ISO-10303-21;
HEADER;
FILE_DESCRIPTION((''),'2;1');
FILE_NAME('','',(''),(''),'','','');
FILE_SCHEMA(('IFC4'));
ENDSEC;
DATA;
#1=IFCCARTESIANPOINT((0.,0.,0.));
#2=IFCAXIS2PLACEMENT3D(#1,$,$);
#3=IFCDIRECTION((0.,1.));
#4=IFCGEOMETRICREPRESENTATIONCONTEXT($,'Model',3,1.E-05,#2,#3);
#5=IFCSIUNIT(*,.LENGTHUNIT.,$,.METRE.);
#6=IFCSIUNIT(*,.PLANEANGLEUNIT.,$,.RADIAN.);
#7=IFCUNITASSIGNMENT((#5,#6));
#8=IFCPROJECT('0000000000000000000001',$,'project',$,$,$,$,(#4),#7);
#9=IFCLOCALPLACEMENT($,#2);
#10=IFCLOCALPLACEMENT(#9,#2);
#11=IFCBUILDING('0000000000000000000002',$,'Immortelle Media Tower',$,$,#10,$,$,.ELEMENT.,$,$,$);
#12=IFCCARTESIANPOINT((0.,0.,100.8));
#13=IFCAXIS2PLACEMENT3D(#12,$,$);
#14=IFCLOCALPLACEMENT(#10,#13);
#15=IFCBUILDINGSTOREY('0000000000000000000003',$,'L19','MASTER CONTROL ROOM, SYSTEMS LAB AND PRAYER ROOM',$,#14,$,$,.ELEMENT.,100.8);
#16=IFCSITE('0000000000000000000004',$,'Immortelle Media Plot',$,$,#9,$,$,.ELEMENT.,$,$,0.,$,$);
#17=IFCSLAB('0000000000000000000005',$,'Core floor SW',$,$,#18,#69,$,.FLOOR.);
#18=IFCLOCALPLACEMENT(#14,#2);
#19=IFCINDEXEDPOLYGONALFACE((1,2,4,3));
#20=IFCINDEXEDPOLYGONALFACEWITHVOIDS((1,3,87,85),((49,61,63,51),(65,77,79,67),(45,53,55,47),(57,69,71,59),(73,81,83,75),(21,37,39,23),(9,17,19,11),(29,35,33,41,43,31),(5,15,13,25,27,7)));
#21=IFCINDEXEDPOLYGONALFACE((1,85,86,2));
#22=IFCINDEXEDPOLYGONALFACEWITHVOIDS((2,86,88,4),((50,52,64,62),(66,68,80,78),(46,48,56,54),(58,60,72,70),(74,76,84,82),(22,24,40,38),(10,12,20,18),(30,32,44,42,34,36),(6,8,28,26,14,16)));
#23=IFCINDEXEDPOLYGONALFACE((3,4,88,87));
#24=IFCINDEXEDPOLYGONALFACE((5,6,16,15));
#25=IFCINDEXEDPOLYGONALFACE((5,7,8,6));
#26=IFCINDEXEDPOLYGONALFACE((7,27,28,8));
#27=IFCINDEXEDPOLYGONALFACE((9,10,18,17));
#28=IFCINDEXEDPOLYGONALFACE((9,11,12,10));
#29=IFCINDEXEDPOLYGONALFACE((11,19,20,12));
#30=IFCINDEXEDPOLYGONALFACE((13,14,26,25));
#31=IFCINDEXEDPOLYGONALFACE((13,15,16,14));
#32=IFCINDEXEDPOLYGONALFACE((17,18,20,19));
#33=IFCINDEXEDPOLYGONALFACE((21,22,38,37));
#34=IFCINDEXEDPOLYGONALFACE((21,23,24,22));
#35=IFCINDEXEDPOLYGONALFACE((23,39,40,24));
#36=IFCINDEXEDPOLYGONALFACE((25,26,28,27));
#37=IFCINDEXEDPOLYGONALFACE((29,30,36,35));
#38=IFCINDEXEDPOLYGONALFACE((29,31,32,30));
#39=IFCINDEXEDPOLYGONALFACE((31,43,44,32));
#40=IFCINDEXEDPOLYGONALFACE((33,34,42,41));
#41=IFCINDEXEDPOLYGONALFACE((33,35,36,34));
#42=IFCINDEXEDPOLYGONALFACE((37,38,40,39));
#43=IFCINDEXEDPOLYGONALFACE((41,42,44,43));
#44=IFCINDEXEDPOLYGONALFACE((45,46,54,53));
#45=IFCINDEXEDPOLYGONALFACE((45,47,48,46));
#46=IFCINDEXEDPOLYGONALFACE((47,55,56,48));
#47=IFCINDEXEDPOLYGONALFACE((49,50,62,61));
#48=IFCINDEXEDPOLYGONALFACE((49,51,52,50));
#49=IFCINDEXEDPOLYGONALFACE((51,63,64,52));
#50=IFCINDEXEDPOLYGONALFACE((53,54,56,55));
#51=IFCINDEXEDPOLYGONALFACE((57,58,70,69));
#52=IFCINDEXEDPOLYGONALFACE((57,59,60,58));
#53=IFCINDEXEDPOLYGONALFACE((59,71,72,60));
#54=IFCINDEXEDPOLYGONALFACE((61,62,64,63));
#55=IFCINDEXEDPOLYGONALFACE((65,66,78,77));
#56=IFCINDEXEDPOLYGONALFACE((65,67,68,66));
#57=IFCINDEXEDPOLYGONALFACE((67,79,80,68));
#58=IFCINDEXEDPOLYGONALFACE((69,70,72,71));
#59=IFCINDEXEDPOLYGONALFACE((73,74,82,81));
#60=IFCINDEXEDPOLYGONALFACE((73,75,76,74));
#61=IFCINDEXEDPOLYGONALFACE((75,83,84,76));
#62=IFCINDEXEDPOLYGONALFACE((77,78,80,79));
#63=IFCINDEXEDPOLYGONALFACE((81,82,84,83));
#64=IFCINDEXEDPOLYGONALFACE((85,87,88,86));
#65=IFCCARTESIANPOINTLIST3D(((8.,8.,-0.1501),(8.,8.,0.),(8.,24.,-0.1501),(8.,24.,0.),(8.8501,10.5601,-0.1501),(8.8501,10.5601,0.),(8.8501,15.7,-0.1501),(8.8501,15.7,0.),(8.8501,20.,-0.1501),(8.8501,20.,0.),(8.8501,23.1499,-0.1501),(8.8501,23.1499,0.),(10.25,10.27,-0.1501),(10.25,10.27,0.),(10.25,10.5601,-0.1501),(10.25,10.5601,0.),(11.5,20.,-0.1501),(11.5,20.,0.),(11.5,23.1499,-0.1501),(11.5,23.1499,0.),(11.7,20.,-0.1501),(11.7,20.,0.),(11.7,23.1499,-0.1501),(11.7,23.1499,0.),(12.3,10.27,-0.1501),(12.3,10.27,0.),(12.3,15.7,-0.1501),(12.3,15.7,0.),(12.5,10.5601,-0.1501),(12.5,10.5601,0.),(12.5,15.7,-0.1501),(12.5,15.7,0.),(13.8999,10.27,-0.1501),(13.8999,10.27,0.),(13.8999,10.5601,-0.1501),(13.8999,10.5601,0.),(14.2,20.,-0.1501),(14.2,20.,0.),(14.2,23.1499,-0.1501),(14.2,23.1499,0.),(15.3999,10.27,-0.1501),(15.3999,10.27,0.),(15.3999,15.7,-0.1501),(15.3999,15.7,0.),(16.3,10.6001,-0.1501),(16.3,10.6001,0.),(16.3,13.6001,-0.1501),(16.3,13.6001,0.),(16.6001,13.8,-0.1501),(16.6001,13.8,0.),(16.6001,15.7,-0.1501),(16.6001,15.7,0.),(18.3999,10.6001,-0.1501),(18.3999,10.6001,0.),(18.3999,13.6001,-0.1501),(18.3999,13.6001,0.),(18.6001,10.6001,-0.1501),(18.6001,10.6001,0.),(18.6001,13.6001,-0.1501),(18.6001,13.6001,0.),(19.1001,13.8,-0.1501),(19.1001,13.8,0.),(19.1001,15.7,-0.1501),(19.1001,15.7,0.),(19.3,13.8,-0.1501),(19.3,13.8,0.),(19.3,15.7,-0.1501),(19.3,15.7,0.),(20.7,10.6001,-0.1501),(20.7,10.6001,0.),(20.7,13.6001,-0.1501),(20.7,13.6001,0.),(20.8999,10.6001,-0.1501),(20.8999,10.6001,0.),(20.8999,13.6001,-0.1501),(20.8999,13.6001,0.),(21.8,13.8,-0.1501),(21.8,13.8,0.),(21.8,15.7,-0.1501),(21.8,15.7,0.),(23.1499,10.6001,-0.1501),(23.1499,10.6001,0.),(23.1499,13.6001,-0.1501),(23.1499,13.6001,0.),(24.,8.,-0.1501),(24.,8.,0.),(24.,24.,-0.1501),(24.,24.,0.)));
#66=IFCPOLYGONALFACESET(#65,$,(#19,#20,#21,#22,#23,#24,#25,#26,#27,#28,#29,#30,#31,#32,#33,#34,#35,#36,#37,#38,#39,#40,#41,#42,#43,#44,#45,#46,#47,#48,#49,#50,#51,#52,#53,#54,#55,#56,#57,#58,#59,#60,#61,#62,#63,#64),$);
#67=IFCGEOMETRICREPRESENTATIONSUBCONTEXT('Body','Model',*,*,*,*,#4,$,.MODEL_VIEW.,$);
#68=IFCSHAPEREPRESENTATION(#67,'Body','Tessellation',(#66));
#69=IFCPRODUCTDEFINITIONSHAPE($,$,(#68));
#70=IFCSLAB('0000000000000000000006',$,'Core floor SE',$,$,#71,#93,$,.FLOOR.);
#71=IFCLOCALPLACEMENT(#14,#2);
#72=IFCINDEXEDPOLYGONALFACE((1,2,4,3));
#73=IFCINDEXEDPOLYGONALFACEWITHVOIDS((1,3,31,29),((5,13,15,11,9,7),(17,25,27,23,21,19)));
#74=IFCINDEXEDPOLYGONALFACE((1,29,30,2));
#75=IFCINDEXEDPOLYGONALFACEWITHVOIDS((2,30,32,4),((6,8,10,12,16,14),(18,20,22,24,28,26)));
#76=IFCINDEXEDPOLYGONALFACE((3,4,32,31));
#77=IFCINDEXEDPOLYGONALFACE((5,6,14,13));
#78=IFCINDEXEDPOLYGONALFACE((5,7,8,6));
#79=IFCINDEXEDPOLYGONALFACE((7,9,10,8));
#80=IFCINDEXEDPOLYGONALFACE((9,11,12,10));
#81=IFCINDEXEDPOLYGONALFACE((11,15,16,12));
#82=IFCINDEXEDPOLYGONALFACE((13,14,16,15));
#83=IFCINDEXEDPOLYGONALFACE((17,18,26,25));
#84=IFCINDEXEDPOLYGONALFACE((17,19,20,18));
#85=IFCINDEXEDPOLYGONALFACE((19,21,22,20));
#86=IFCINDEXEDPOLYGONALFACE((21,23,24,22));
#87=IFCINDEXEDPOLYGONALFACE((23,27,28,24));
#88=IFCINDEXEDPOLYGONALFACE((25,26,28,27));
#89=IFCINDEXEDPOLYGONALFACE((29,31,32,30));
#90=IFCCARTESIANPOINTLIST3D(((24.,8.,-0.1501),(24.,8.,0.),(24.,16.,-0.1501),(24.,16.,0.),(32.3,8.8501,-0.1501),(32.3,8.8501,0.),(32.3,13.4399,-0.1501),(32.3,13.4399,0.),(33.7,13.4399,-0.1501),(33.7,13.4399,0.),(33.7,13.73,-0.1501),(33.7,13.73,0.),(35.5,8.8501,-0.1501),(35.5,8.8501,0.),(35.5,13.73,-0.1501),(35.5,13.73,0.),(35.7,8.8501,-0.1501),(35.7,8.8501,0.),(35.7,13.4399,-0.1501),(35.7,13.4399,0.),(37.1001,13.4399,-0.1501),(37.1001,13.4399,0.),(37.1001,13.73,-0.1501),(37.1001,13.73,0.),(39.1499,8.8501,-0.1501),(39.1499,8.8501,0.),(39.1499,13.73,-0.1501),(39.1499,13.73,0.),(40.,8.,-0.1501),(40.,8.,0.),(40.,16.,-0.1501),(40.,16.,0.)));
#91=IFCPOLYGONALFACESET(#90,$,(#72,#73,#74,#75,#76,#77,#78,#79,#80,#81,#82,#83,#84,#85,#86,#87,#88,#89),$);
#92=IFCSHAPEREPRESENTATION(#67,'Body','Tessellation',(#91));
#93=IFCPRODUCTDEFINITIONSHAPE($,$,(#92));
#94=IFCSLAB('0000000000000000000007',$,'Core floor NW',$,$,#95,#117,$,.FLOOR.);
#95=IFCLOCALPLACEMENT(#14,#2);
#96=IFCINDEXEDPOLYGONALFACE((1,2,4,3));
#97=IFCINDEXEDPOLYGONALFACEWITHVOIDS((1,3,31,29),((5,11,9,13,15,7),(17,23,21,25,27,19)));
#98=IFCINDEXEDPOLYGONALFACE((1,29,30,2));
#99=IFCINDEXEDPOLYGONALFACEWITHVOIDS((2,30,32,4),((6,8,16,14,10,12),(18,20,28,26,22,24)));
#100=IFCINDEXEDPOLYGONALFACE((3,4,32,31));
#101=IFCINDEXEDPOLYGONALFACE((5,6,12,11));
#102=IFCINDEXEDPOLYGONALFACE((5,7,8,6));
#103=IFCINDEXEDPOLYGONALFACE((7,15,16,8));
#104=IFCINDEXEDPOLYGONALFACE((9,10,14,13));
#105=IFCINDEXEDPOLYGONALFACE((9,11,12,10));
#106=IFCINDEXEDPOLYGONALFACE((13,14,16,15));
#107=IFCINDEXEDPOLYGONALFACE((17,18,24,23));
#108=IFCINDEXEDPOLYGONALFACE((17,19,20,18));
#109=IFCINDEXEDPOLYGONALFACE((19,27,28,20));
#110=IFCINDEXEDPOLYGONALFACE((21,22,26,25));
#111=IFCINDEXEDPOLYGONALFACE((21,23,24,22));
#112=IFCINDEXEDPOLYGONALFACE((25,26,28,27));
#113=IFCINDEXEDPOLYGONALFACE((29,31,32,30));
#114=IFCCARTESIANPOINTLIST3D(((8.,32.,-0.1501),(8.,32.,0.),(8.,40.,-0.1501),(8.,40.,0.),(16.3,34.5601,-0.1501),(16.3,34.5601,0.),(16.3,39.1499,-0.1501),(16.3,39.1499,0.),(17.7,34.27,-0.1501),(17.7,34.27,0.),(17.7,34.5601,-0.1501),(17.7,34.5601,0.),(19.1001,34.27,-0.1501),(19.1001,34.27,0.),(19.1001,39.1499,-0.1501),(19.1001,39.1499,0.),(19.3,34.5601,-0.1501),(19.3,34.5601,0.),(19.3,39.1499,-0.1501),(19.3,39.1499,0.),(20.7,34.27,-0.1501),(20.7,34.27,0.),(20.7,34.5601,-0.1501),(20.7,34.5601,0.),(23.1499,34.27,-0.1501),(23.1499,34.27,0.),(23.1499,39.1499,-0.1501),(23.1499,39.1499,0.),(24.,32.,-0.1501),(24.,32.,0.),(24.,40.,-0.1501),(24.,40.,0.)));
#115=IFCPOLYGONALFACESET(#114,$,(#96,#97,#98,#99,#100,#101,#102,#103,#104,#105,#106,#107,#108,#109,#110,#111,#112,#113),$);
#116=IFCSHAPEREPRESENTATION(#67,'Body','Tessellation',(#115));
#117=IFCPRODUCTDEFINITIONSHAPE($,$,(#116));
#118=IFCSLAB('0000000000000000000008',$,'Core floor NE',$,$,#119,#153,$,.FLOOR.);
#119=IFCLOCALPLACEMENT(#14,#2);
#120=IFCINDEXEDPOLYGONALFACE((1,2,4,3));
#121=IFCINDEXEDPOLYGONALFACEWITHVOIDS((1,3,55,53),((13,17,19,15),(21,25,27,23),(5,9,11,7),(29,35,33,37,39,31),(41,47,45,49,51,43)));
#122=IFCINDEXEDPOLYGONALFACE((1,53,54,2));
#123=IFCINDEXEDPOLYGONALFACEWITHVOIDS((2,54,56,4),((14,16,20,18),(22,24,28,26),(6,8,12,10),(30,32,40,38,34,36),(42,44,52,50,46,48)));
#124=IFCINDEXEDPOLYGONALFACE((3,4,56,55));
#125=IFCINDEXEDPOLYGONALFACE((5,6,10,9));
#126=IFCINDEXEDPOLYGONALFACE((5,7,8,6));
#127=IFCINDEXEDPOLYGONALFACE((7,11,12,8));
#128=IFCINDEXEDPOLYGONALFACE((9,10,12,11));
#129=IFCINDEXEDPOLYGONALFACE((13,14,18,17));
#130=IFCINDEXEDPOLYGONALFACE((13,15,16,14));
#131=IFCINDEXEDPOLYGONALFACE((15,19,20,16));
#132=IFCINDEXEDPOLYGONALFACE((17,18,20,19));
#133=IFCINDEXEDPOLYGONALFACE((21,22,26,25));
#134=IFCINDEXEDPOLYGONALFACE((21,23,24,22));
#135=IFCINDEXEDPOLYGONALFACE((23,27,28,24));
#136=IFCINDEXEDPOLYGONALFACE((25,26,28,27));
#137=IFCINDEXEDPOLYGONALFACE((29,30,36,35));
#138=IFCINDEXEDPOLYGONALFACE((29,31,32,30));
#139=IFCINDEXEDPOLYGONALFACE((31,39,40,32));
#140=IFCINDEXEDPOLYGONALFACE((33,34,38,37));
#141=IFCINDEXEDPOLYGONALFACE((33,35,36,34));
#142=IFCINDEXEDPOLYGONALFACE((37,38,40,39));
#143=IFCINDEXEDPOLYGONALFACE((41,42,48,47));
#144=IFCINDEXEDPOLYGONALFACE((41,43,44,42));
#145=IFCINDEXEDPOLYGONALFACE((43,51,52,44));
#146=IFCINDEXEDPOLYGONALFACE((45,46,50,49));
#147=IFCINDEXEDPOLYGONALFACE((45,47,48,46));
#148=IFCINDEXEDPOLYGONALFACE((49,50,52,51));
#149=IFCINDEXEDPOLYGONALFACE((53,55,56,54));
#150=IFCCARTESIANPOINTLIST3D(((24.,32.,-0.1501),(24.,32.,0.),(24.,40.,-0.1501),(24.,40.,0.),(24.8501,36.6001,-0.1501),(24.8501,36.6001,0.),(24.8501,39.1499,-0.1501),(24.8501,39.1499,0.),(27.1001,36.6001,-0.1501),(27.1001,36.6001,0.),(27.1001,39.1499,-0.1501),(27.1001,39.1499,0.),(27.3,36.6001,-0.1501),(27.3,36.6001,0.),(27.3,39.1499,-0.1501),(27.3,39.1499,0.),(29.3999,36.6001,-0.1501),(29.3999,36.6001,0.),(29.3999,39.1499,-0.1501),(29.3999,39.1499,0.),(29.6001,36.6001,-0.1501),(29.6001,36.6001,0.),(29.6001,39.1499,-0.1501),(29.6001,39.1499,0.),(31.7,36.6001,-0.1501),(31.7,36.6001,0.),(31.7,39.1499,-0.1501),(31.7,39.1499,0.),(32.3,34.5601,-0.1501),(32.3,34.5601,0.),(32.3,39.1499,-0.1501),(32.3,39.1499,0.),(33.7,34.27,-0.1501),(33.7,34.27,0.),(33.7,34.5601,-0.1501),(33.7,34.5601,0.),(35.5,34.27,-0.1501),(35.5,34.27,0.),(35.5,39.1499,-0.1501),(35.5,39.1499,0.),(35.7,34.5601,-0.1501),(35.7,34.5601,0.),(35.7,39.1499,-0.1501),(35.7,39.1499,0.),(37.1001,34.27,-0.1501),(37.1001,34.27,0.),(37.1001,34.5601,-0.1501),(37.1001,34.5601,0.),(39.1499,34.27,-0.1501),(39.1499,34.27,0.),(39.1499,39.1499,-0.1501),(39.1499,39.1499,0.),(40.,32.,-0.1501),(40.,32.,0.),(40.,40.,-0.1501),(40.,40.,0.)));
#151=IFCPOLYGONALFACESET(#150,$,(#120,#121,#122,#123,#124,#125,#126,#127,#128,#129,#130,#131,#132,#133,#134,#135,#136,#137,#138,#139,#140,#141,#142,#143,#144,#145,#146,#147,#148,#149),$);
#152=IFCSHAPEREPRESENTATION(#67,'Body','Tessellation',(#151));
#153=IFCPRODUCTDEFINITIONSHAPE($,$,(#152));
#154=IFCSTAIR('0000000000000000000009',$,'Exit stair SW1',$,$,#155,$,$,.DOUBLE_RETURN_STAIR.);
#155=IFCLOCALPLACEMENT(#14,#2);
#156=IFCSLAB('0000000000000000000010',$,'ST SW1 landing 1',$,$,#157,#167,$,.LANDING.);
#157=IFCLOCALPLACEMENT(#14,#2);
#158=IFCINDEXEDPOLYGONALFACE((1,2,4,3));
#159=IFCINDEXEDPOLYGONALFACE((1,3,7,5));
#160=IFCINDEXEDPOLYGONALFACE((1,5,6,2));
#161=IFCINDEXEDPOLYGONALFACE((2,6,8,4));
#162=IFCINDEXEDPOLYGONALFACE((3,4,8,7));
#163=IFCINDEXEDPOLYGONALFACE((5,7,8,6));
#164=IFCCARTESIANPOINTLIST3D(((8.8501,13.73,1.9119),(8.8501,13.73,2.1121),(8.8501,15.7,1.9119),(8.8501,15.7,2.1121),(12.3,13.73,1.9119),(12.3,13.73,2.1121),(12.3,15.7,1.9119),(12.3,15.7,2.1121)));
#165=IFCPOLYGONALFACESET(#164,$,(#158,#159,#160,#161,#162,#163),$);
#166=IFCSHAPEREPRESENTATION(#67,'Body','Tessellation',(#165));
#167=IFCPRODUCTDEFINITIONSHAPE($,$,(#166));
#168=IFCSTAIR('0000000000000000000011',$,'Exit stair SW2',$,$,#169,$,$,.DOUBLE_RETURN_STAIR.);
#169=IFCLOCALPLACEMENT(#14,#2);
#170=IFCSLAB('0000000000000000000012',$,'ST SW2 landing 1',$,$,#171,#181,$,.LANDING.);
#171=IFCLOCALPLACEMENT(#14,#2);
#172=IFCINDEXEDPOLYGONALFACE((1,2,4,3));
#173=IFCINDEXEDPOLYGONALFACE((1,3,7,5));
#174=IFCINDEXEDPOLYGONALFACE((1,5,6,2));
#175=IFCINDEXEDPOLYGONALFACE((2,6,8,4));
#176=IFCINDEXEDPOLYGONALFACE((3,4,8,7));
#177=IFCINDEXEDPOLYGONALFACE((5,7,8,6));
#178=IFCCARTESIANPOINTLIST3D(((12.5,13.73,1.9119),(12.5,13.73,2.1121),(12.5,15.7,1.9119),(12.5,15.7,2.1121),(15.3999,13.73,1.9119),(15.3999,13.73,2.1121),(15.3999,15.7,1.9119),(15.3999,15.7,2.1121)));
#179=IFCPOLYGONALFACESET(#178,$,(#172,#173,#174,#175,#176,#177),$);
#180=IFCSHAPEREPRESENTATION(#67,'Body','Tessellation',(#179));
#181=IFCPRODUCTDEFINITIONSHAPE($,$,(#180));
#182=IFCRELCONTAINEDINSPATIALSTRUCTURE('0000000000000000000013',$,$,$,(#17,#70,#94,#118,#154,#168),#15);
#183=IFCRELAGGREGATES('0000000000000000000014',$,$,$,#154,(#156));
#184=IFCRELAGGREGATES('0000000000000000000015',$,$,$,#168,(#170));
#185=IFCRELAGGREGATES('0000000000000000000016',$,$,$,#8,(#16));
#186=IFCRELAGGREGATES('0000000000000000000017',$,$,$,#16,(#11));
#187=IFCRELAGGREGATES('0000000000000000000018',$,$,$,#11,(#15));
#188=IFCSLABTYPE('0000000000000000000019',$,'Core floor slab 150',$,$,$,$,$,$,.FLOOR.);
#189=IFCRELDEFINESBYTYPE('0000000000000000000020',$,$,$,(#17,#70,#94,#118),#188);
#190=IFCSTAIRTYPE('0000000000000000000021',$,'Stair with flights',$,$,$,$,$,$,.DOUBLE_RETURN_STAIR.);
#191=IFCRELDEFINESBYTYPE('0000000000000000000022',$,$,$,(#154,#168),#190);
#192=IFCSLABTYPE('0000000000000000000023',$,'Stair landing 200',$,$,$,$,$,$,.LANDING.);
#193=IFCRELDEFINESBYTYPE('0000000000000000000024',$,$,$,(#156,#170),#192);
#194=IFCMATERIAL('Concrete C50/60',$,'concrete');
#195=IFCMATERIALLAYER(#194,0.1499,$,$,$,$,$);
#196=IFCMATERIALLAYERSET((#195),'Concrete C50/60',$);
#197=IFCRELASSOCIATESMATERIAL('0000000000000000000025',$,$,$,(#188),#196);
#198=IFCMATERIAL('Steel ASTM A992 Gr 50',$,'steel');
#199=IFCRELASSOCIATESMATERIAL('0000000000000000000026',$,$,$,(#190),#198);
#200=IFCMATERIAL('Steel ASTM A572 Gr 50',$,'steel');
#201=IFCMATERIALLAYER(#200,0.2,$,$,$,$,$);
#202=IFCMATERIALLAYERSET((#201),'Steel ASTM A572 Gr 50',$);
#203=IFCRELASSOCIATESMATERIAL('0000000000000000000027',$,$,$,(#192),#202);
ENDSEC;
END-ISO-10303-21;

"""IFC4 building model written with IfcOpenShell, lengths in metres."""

from ifc_helpers import new_model, si_unit, direction, frame, origin, place, context, subcontext, project, spatial, polyline, outline, extrude, material, layer, layer_set, type_object, element, aggregate, save


model = new_model("IFC4")

# Units and contexts
model_context = context("Model", 3, precision=1e-05, world=origin(), true_north=direction((0.0, 1.0)))
body_context = subcontext(model_context, "Body", "Model", "MODEL_VIEW")
ifc_project = project(units=[si_unit("LENGTHUNIT", "METRE"), si_unit("PLANEANGLEUNIT", "RADIAN")], contexts=[model_context])

# Site, building, storey
site_placement = place(None, origin())
site = spatial("IfcSite", under=ifc_project, at=site_placement, Name="Immortelle Media Plot", CompositionType="ELEMENT", RefElevation=0.0)
building_placement = place(site_placement, origin())
building = spatial("IfcBuilding", under=site, at=building_placement, Name="Immortelle Media Tower", CompositionType="ELEMENT")
storey_placement = place(building_placement, frame((0.0, 0.0, 100.8)))
storey = spatial("IfcBuildingStorey", under=building, at=storey_placement, Name="L19", Description="MASTER CONTROL ROOM, SYSTEMS LAB AND PRAYER ROOM", CompositionType="ELEMENT", Elevation=100.8)

# Slabs
ifc_material_1 = material(Name="Concrete C50/60", Category="concrete")
ifc_layer_1 = layer(ifc_material_1, 0.1499)
ifc_layer_set_1 = layer_set([ifc_layer_1], Name="Concrete C50/60")
slab_type_1 = type_object("IfcSlabType", Name="Core floor slab 150", PredefinedType="FLOOR", material=ifc_layer_set_1)
slab_1_placement = place(storey_placement, frame((0.0, 0.0, -0.1501)))
element("IfcSlab", 1, at=slab_1_placement, inside=storey, type_object=slab_type_1, Name="Core floor SW", PredefinedType="FLOOR", context=body_context, shape_type="SweptSolid", body=[
    extrude(outline(polyline([(8.0, 8.0), (24.0, 8.0), (24.0, 24.0), (8.0, 24.0), (8.0, 8.0)]), holes=[polyline([(8.8501, 20.0), (11.5, 20.0), (11.5, 23.1499), (8.8501, 23.1499), (8.8501, 20.0)]), polyline([(11.7, 20.0), (14.2, 20.0), (14.2, 23.1499), (11.7, 23.1499), (11.7, 20.0)]), polyline([(16.6001, 13.8), (19.1001, 13.8), (19.1001, 15.7), (16.6001, 15.7), (16.6001, 13.8)]), polyline([(19.3, 13.8), (21.8, 13.8), (21.8, 15.7), (19.3, 15.7), (19.3, 13.8)]), polyline([(16.3, 10.6001), (18.3999, 10.6001), (18.3999, 13.6001), (16.3, 13.6001), (16.3, 10.6001)]), polyline([(18.6001, 10.6001), (20.7, 10.6001), (20.7, 13.6001), (18.6001, 13.6001), (18.6001, 10.6001)]), polyline([(20.8999, 10.6001), (23.1499, 10.6001), (23.1499, 13.6001), (20.8999, 13.6001), (20.8999, 10.6001)]), polyline([(8.8501, 15.7), (12.3, 15.7), (12.3, 10.27), (10.25, 10.27), (10.25, 10.5601), (8.8501, 10.5601), (8.8501, 15.7)]), polyline([(12.5, 15.7), (15.3999, 15.7), (15.3999, 10.27), (13.8999, 10.27), (13.8999, 10.5601), (12.5, 10.5601), (12.5, 15.7)])]), origin(), (0.0, 0.0, 1.0), 0.1501),
])
slab_2_placement = place(storey_placement, frame((0.0, 0.0, -0.1501)))
element("IfcSlab", 2, at=slab_2_placement, inside=storey, type_object=slab_type_1, Name="Core floor SE", PredefinedType="FLOOR", context=body_context, shape_type="SweptSolid", body=[
    extrude(outline(polyline([(24.0, 8.0), (40.0, 8.0), (40.0, 16.0), (24.0, 16.0), (24.0, 8.0)]), holes=[polyline([(35.5, 13.73), (35.5, 8.8501), (32.3, 8.8501), (32.3, 13.4399), (33.7, 13.4399), (33.7, 13.73), (35.5, 13.73)]), polyline([(39.1499, 13.73), (39.1499, 8.8501), (35.7, 8.8501), (35.7, 13.4399), (37.1001, 13.4399), (37.1001, 13.73), (39.1499, 13.73)])]), origin(), (0.0, 0.0, 1.0), 0.1501),
])
slab_3_placement = place(storey_placement, frame((0.0, 0.0, -0.1501)))
element("IfcSlab", 3, at=slab_3_placement, inside=storey, type_object=slab_type_1, Name="Core floor NW", PredefinedType="FLOOR", context=body_context, shape_type="SweptSolid", body=[
    extrude(outline(polyline([(8.0, 32.0), (24.0, 32.0), (24.0, 40.0), (8.0, 40.0), (8.0, 32.0)]), holes=[polyline([(16.3, 39.1499), (19.1001, 39.1499), (19.1001, 34.27), (17.7, 34.27), (17.7, 34.5601), (16.3, 34.5601), (16.3, 39.1499)]), polyline([(19.3, 39.1499), (23.1499, 39.1499), (23.1499, 34.27), (20.7, 34.27), (20.7, 34.5601), (19.3, 34.5601), (19.3, 39.1499)])]), origin(), (0.0, 0.0, 1.0), 0.1501),
])
slab_4_placement = place(storey_placement, frame((0.0, 0.0, -0.1501)))
element("IfcSlab", 4, at=slab_4_placement, inside=storey, type_object=slab_type_1, Name="Core floor NE", PredefinedType="FLOOR", context=body_context, shape_type="SweptSolid", body=[
    extrude(outline(polyline([(24.0, 32.0), (40.0, 32.0), (40.0, 40.0), (24.0, 40.0), (24.0, 32.0)]), holes=[polyline([(24.8501, 36.6001), (27.1001, 36.6001), (27.1001, 39.1499), (24.8501, 39.1499), (24.8501, 36.6001)]), polyline([(27.3, 36.6001), (29.3999, 36.6001), (29.3999, 39.1499), (27.3, 39.1499), (27.3, 36.6001)]), polyline([(29.6001, 36.6001), (31.7, 36.6001), (31.7, 39.1499), (29.6001, 39.1499), (29.6001, 36.6001)]), polyline([(32.3, 39.1499), (35.5, 39.1499), (35.5, 34.27), (33.7, 34.27), (33.7, 34.5601), (32.3, 34.5601), (32.3, 39.1499)]), polyline([(35.7, 39.1499), (39.1499, 39.1499), (39.1499, 34.27), (37.1001, 34.27), (37.1001, 34.5601), (35.7, 34.5601), (35.7, 39.1499)])]), origin(), (0.0, 0.0, 1.0), 0.1501),
])

# Stairs, slabs
ifc_material_2 = material(Name="Steel ASTM A992 Gr 50", Category="steel")
stair_type = type_object("IfcStairType", Name="Stair with flights", PredefinedType="DOUBLE_RETURN_STAIR", material=ifc_material_2)
stair_1_placement = place(storey_placement, origin())
stair_1 = element("IfcStair", 5, at=stair_1_placement, inside=storey, type_object=stair_type, Name="Exit stair SW1", PredefinedType="DOUBLE_RETURN_STAIR")
ifc_material_3 = material(Name="Steel ASTM A572 Gr 50", Category="steel")
ifc_layer_2 = layer(ifc_material_3, 0.2)
ifc_layer_set_2 = layer_set([ifc_layer_2], Name="Steel ASTM A572 Gr 50")
slab_type_2 = type_object("IfcSlabType", Name="Stair landing 200", PredefinedType="LANDING", material=ifc_layer_set_2)
slab_5_placement = place(storey_placement, frame((0.0, 0.0, 1.9119)))
slab_5 = element("IfcSlab", 6, at=slab_5_placement, type_object=slab_type_2, Name="ST SW1 landing 1", PredefinedType="LANDING", context=body_context, shape_type="SweptSolid", body=[
    extrude(outline(polyline([(8.8501, 13.73), (12.3, 13.73), (12.3, 15.7), (8.8501, 15.7), (8.8501, 13.73)])), origin(), (0.0, 0.0, 1.0), 0.2002),
])
aggregate(stair_1, [slab_5])
stair_2_placement = place(storey_placement, origin())
stair_2 = element("IfcStair", 7, at=stair_2_placement, inside=storey, type_object=stair_type, Name="Exit stair SW2", PredefinedType="DOUBLE_RETURN_STAIR")
slab_6_placement = place(storey_placement, frame((0.0, 0.0, 1.9119)))
slab_6 = element("IfcSlab", 8, at=slab_6_placement, type_object=slab_type_2, Name="ST SW2 landing 1", PredefinedType="LANDING", context=body_context, shape_type="SweptSolid", body=[
    extrude(outline(polyline([(12.5, 13.73), (15.3999, 13.73), (15.3999, 15.7), (12.5, 15.7), (12.5, 13.73)])), origin(), (0.0, 0.0, 1.0), 0.2002),
])
aggregate(stair_2, [slab_6])

save(model, "model.ifc")
